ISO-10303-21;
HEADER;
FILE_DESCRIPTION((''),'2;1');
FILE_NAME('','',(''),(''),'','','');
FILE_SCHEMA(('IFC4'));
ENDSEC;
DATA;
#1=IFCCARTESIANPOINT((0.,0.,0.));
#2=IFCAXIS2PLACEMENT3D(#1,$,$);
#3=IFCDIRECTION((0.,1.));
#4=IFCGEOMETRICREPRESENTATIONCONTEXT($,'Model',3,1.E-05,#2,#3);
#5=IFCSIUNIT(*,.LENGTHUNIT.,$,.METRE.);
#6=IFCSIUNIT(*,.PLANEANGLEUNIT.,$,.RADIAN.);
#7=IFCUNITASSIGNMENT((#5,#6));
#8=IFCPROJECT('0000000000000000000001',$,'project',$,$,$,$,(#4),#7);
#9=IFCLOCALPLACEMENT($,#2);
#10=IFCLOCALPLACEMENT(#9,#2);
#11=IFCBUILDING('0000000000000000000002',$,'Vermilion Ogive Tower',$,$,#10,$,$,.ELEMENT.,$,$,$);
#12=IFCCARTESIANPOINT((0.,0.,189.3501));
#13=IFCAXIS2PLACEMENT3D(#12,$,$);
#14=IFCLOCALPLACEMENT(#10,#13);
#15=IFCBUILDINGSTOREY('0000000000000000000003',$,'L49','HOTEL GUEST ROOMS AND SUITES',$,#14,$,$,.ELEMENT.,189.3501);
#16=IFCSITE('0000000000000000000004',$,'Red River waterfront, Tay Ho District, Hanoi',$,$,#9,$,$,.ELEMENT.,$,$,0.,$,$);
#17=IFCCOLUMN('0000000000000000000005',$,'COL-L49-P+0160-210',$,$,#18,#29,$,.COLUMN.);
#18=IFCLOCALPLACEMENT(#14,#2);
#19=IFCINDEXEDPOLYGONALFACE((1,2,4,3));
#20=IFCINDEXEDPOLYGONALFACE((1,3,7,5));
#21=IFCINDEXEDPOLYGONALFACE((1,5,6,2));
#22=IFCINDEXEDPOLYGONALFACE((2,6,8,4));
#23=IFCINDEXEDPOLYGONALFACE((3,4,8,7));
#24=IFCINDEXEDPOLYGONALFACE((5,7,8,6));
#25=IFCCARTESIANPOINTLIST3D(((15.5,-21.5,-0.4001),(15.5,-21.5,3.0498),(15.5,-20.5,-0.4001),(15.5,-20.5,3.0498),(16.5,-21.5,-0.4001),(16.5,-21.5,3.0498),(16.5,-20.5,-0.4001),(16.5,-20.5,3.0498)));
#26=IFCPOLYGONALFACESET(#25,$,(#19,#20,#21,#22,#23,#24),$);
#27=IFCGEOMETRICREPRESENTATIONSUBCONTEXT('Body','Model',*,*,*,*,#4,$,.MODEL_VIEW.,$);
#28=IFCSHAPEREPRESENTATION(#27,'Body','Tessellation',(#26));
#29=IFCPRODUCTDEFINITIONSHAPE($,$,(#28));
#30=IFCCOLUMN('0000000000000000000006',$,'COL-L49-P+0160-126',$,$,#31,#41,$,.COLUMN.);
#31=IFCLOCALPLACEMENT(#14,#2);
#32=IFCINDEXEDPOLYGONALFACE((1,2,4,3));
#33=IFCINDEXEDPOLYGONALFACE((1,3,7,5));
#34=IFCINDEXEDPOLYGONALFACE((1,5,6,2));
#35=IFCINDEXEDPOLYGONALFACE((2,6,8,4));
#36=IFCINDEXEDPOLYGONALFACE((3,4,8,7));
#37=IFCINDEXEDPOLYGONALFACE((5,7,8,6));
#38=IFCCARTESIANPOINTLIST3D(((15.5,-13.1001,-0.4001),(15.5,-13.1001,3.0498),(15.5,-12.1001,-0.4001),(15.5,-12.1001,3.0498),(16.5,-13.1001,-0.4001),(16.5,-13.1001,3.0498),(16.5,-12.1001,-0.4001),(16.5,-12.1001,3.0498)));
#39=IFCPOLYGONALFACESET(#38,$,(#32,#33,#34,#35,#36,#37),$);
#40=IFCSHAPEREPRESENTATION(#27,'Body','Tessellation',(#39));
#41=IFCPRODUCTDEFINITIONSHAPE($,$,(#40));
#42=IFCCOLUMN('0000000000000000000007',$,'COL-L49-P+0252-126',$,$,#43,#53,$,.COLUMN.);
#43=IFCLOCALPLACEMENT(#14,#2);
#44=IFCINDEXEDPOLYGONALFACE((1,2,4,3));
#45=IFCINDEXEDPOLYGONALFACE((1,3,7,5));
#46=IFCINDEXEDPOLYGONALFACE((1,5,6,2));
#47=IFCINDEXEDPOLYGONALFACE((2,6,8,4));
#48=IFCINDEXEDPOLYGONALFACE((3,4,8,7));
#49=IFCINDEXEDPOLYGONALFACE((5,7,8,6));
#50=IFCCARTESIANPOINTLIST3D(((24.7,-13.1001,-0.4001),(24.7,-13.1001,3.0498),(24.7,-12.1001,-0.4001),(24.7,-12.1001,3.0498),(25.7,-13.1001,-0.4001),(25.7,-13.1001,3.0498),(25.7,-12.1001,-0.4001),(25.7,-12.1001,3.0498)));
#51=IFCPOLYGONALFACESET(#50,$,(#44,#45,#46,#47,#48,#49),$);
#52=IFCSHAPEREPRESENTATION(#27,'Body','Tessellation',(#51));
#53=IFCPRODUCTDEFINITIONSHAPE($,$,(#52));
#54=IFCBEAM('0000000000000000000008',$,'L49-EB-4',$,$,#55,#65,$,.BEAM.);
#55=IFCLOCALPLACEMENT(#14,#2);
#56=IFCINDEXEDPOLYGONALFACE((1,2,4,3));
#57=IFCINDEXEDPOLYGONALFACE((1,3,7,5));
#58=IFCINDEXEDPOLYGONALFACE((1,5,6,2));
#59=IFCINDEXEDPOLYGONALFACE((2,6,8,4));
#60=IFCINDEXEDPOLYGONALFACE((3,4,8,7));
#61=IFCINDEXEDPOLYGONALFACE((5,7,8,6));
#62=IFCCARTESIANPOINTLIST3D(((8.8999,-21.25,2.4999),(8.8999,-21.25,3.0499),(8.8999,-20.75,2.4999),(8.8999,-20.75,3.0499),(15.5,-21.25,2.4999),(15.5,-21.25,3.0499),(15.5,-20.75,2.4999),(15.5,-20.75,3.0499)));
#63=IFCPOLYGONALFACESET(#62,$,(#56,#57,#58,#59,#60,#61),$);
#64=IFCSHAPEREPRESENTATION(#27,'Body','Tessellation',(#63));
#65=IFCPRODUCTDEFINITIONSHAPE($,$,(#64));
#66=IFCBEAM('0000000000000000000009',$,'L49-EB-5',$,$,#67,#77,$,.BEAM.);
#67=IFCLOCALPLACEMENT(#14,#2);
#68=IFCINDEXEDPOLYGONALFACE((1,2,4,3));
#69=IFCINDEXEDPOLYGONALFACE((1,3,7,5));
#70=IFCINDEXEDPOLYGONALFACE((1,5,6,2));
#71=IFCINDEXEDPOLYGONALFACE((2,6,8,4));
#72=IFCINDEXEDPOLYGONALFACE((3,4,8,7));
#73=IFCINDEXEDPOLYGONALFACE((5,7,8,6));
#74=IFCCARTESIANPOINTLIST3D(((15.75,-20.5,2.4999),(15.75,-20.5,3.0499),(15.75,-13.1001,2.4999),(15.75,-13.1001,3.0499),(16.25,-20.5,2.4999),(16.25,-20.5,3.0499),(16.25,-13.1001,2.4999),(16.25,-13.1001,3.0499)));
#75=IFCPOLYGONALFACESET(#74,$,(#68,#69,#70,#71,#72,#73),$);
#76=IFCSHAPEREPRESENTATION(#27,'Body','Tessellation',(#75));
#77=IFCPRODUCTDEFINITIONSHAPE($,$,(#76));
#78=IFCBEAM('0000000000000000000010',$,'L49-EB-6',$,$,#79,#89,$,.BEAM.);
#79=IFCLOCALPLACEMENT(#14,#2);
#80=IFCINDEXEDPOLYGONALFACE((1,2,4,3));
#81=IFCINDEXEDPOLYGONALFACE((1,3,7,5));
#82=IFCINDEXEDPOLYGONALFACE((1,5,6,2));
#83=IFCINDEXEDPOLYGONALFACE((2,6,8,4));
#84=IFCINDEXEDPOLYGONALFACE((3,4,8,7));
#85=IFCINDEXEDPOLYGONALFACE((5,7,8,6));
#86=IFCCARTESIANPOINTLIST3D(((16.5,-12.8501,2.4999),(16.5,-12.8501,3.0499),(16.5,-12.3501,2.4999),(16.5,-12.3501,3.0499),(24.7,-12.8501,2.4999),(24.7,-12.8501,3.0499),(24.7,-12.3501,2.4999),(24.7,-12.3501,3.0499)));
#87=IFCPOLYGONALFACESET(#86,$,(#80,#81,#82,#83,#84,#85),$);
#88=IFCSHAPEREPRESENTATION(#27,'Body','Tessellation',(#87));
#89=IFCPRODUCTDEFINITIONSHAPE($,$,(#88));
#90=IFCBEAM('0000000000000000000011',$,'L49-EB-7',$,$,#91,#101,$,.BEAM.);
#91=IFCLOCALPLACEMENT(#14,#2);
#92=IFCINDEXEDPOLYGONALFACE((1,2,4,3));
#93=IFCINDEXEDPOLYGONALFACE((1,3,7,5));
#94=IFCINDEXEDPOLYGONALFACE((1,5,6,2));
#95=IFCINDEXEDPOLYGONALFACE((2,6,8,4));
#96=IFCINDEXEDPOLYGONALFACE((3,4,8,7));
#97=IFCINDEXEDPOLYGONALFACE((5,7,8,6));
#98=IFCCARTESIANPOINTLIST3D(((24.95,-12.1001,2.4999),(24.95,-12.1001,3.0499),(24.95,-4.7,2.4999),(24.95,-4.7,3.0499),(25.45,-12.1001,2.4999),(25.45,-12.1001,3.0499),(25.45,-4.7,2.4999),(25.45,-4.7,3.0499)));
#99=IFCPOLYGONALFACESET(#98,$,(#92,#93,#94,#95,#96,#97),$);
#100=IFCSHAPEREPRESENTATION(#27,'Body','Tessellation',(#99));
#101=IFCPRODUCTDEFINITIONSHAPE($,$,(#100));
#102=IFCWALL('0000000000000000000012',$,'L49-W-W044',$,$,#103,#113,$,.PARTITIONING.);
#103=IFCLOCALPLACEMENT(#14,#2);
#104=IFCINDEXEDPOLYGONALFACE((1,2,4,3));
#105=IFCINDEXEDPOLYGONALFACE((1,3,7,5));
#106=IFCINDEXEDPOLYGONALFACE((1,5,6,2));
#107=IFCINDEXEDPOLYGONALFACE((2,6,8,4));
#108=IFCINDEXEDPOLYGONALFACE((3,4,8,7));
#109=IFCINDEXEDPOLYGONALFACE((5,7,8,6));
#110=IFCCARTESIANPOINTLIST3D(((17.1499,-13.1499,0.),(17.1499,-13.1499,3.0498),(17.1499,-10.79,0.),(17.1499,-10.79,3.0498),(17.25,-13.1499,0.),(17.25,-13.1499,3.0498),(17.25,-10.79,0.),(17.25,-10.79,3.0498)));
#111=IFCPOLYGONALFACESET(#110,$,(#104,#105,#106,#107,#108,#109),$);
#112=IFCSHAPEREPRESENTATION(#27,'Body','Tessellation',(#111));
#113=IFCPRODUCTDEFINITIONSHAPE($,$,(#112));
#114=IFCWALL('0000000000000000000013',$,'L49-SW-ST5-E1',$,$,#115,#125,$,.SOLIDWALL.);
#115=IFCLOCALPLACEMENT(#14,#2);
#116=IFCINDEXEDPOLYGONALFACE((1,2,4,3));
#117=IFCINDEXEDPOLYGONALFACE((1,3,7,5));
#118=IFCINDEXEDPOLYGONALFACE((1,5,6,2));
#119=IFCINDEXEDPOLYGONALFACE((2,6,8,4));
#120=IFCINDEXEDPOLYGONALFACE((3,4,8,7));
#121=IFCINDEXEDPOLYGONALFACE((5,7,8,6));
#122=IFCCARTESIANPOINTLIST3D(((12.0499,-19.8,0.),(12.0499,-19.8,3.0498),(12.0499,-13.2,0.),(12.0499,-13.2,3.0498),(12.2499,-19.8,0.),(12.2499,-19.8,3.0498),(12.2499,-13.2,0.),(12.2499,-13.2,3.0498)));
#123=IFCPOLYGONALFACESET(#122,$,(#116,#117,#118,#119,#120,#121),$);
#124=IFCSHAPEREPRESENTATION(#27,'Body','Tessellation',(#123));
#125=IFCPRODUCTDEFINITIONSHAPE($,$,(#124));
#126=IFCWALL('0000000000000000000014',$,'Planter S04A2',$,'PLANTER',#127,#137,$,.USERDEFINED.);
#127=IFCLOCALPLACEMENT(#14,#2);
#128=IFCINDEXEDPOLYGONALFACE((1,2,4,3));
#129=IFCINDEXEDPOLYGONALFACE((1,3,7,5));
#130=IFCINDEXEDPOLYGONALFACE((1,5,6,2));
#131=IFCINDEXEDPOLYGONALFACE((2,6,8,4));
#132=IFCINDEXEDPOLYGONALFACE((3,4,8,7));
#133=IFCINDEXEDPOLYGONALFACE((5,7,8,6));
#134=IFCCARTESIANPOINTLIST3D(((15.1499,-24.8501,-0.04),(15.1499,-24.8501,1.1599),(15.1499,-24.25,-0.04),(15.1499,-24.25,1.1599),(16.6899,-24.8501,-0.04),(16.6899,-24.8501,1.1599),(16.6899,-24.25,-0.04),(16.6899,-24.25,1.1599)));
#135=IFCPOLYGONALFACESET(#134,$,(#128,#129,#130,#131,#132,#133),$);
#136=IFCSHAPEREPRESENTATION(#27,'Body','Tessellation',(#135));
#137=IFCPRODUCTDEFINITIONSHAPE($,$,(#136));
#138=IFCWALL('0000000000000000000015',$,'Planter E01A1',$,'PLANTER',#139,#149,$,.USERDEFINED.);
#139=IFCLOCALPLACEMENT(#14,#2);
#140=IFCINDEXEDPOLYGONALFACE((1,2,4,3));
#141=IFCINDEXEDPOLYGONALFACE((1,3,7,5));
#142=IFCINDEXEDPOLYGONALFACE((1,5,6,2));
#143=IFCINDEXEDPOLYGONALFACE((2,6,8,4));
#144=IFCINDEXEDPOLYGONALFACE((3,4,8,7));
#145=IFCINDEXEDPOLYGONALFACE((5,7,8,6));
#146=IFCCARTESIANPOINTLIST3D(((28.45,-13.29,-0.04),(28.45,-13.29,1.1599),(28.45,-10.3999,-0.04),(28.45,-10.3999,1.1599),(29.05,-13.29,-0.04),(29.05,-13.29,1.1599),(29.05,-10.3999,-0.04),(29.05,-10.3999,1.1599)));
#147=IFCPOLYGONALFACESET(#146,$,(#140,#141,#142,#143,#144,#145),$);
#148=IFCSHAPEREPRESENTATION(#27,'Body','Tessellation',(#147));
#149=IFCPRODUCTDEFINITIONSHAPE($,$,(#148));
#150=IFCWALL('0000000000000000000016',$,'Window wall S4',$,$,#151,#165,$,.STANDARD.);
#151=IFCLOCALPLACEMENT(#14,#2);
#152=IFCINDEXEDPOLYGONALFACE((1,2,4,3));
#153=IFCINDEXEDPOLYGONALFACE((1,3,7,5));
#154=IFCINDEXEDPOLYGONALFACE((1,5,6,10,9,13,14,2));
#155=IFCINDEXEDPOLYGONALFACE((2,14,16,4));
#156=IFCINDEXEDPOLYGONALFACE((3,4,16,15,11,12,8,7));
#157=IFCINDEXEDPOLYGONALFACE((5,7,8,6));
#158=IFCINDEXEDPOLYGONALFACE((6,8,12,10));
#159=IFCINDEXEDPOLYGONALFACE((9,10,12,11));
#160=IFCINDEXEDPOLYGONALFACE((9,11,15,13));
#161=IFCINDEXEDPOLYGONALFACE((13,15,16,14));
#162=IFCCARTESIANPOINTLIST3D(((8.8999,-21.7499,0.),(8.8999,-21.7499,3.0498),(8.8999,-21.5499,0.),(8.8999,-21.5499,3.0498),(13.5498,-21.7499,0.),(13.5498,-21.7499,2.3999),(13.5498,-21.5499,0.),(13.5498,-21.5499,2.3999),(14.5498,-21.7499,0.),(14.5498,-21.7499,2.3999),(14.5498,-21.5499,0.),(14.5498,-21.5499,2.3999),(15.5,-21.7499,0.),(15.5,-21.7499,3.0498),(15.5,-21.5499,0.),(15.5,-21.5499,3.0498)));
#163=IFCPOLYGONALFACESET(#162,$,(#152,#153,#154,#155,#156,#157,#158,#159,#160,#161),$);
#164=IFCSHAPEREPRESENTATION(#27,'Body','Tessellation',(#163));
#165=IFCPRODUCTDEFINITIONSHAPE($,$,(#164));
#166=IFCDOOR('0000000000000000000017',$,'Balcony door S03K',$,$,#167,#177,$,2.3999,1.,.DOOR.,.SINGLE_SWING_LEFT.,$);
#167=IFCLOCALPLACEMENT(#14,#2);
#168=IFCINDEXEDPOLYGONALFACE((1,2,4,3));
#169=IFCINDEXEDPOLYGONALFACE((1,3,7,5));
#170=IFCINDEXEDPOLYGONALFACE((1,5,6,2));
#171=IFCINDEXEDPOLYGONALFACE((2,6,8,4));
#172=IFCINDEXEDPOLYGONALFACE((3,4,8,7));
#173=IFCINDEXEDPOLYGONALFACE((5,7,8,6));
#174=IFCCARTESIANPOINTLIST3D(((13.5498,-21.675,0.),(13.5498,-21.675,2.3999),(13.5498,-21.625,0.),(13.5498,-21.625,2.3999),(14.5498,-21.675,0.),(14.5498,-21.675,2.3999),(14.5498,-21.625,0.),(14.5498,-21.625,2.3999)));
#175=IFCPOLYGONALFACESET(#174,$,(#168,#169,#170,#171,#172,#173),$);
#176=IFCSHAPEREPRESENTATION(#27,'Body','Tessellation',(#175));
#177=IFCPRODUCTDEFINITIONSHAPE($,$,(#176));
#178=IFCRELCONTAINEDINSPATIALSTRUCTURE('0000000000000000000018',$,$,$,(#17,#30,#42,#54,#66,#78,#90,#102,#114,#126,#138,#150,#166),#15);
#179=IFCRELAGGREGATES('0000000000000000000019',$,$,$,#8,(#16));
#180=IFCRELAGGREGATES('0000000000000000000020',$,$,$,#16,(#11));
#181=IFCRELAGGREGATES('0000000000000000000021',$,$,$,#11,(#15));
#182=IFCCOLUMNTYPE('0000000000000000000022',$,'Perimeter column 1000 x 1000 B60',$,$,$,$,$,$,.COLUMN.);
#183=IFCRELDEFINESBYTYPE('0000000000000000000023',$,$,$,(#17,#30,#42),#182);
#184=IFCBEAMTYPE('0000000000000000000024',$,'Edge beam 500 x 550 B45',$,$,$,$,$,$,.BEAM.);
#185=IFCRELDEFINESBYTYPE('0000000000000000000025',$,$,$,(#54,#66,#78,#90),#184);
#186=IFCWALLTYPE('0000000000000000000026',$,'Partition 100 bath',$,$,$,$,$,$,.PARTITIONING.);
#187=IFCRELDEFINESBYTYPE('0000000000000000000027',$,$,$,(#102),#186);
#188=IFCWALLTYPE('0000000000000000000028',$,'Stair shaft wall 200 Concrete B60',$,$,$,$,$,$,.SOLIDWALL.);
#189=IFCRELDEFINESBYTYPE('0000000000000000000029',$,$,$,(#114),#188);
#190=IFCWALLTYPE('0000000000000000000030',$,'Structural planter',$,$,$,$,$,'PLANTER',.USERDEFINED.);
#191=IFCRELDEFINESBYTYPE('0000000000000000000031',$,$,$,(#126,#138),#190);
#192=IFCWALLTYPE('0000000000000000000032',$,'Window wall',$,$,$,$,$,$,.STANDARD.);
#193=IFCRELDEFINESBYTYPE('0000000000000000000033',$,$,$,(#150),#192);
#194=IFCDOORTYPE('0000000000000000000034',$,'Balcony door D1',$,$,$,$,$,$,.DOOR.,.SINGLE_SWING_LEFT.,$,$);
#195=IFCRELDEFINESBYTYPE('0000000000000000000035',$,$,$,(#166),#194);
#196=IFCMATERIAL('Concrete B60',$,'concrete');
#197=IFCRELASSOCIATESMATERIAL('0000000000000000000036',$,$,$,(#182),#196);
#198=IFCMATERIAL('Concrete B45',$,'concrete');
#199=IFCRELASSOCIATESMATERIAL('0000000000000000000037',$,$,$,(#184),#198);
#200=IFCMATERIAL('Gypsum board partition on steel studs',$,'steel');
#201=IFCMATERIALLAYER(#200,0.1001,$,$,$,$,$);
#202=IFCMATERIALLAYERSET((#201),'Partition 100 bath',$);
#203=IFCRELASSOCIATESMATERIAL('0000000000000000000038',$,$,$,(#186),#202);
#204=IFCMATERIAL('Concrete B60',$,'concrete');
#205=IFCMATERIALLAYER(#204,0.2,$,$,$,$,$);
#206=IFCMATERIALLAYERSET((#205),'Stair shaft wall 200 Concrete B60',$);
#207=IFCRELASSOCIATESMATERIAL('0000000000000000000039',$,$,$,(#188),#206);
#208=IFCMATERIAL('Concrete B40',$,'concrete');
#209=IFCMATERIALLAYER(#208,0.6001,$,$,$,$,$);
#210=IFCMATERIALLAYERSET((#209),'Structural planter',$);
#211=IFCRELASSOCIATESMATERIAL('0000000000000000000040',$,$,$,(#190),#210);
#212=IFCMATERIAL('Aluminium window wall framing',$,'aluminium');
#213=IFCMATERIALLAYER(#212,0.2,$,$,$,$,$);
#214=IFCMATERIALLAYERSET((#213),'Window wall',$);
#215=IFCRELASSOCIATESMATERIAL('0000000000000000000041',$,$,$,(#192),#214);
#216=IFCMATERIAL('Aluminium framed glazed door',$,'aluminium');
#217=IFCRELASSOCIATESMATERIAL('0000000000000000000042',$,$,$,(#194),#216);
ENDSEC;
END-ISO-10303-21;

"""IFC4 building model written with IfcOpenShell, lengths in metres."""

from ifc_helpers import new_model, si_unit, direction, frame, frame_2d, origin, origin_2d, place, context, subcontext, project, spatial, rectangle, extrude, material, layer, layer_set, material_profile, profile_set, type_object, element, fill, save


model = new_model("IFC4")

# Units and contexts
model_context = context("Model", 3, precision=1e-05, world=origin(), true_north=direction((0.0, 1.0)))
body_context = subcontext(model_context, "Body", "Model", "MODEL_VIEW")
ifc_project = project(units=[si_unit("LENGTHUNIT", "METRE"), si_unit("PLANEANGLEUNIT", "RADIAN")], contexts=[model_context])

# Site, building, storey
site_placement = place(None, origin())
site = spatial("IfcSite", under=ifc_project, at=site_placement, Name="Red River waterfront, Tay Ho District, Hanoi", CompositionType="ELEMENT", RefElevation=0.0)
building_placement = place(site_placement, origin())
building = spatial("IfcBuilding", under=site, at=building_placement, Name="Vermilion Ogive Tower", CompositionType="ELEMENT")
storey_placement = place(building_placement, frame((0.0, 0.0, 189.3501)))
storey = spatial("IfcBuildingStorey", under=building, at=storey_placement, Name="L49", Description="HOTEL GUEST ROOMS AND SUITES", CompositionType="ELEMENT", Elevation=189.3501)

# Columns
ifc_material_1 = material(Name="Concrete B60", Category="concrete")
ifc_material_profile_1 = material_profile(ifc_material_1, rectangle(XDim=1.0, YDim=1.0, at=origin_2d()), Name="1000 x 1000")
ifc_profile_set_1 = profile_set([ifc_material_profile_1], Name="Concrete B60")
column_type = type_object("IfcColumnType", Name="Perimeter column 1000 x 1000 B60", PredefinedType="COLUMN", material=ifc_profile_set_1)
for number, where, z_axis, x_axis, name in (
    (1, (16.0, -21.0, -0.4001), (0.0, 0.0, 1.0), (1.0, 0.0, 0.0), "COL-L49-P+0160-210"),
    (2, (16.0, -12.6001, -0.4001), (0.0, 0.0, 1.0), (1.0, 0.0, 0.0), "COL-L49-P+0160-126"),
    (3, (25.2, -12.6001, -0.4001), (0.0, 0.0, 1.0), (1.0, 0.0, 0.0), "COL-L49-P+0252-126"),
):
    element("IfcColumn", number, at=place(storey_placement, frame(where, z_axis=z_axis, x_axis=x_axis)), inside=storey, type_object=column_type, Name=name, PredefinedType="COLUMN", context=body_context, shape_type="SweptSolid", body=[
        extrude(rectangle(XDim=1.0, YDim=1.0, at=origin_2d()), origin(), (0.0, 0.0, 1.0), 3.45),
    ])

# Beams
ifc_material_2 = material(Name="Concrete B45", Category="concrete")
ifc_material_profile_2 = material_profile(ifc_material_2, rectangle(XDim=0.5, YDim=0.55, at=origin_2d()), Name="500 x 550")
ifc_profile_set_2 = profile_set([ifc_material_profile_2], Name="Concrete B45")
beam_type = type_object("IfcBeamType", Name="Edge beam 500 x 550 B45", PredefinedType="BEAM", material=ifc_profile_set_2)
beam_1_placement = place(storey_placement, frame((8.8999, -21.0, 2.7749), z_axis=(1.0, 0.0, 0.0), x_axis=(0.0, 1.0, 0.0)))
element("IfcBeam", 4, at=beam_1_placement, inside=storey, type_object=beam_type, Name="L49-EB-4", PredefinedType="BEAM", context=body_context, shape_type="SweptSolid", body=[
    extrude(rectangle(XDim=0.5, YDim=0.55, at=origin_2d()), origin(), (0.0, 0.0, 1.0), 6.6001),
])
beam_2_placement = place(storey_placement, frame((16.0, -20.5, 2.7749), z_axis=(0.0, 1.0, 0.0), x_axis=(-1.0, 0.0, 0.0)))
element("IfcBeam", 5, at=beam_2_placement, inside=storey, type_object=beam_type, Name="L49-EB-5", PredefinedType="BEAM", context=body_context, shape_type="SweptSolid", body=[
    extrude(rectangle(XDim=0.5, YDim=0.55, at=origin_2d()), origin(), (0.0, 0.0, 1.0), 7.3999),
])
beam_3_placement = place(storey_placement, frame((16.5, -12.6001, 2.7749), z_axis=(1.0, 0.0, 0.0), x_axis=(0.0, 1.0, 0.0)))
element("IfcBeam", 6, at=beam_3_placement, inside=storey, type_object=beam_type, Name="L49-EB-6", PredefinedType="BEAM", context=body_context, shape_type="SweptSolid", body=[
    extrude(rectangle(XDim=0.5, YDim=0.55, at=origin_2d()), origin(), (0.0, 0.0, 1.0), 8.2),
])
beam_4_placement = place(storey_placement, frame((25.2, -12.1001, 2.7749), z_axis=(0.0, 1.0, 0.0), x_axis=(-1.0, 0.0, 0.0)))
element("IfcBeam", 7, at=beam_4_placement, inside=storey, type_object=beam_type, Name="L49-EB-7", PredefinedType="BEAM", context=body_context, shape_type="SweptSolid", body=[
    extrude(rectangle(XDim=0.5, YDim=0.55, at=origin_2d()), origin(), (0.0, 0.0, 1.0), 7.4001),
])

# Walls
ifc_material_3 = material(Name="Gypsum board partition on steel studs", Category="steel")
ifc_layer_1 = layer(ifc_material_3, 0.1001)
ifc_layer_set_1 = layer_set([ifc_layer_1], Name="Partition 100 bath")
wall_type_1 = type_object("IfcWallType", Name="Partition 100 bath", PredefinedType="PARTITIONING", material=ifc_layer_set_1)
wall_1_placement = place(storey_placement, frame((17.2, -13.1499, 0.0), z_axis=(0.0, 0.0, 1.0), x_axis=(0.0, 1.0, 0.0)))
element("IfcWall", 8, at=wall_1_placement, inside=storey, type_object=wall_type_1, Name="L49-W-W044", PredefinedType="PARTITIONING", context=body_context, shape_type="SweptSolid", body=[
    extrude(rectangle(XDim=2.3599, YDim=0.1001, at=frame_2d((1.1799, 0.0))), origin(), (0.0, 0.0, 1.0), 3.0498),
])
ifc_material_4 = material(Name="Concrete B60", Category="concrete")
ifc_layer_2 = layer(ifc_material_4, 0.2)
ifc_layer_set_2 = layer_set([ifc_layer_2], Name="Stair shaft wall 200 Concrete B60")
wall_type_2 = type_object("IfcWallType", Name="Stair shaft wall 200 Concrete B60", PredefinedType="SOLIDWALL", material=ifc_layer_set_2)
wall_2_placement = place(storey_placement, frame((12.1499, -19.8, 0.0), z_axis=(0.0, 0.0, 1.0), x_axis=(0.0, 1.0, 0.0)))
element("IfcWall", 9, at=wall_2_placement, inside=storey, type_object=wall_type_2, Name="L49-SW-ST5-E1", PredefinedType="SOLIDWALL", context=body_context, shape_type="SweptSolid", body=[
    extrude(rectangle(XDim=6.6001, YDim=0.2, at=frame_2d((3.3, 0.0))), origin(), (0.0, 0.0, 1.0), 3.0498),
])
ifc_material_5 = material(Name="Concrete B40", Category="concrete")
ifc_layer_3 = layer(ifc_material_5, 0.6001)
ifc_layer_set_3 = layer_set([ifc_layer_3], Name="Structural planter")
wall_type_3 = type_object("IfcWallType", Name="Structural planter", ElementType="PLANTER", PredefinedType="USERDEFINED", material=ifc_layer_set_3)
wall_3_placement = place(storey_placement, frame((15.1499, -24.55, -0.04), z_axis=(0.0, 0.0, 1.0), x_axis=(1.0, 0.0, 0.0)))
element("IfcWall", 10, at=wall_3_placement, inside=storey, type_object=wall_type_3, Name="Planter S04A2", ObjectType="PLANTER", PredefinedType="USERDEFINED", context=body_context, shape_type="SweptSolid", body=[
    extrude(rectangle(XDim=1.54, YDim=0.6001, at=frame_2d((0.77, 0.0))), origin(), (0.0, 0.0, 1.0), 1.2),
])
wall_4_placement = place(storey_placement, frame((28.75, -13.29, -0.04), z_axis=(0.0, 0.0, 1.0), x_axis=(0.0, 1.0, 0.0)))
element("IfcWall", 11, at=wall_4_placement, inside=storey, type_object=wall_type_3, Name="Planter E01A1", ObjectType="PLANTER", PredefinedType="USERDEFINED", context=body_context, shape_type="SweptSolid", body=[
    extrude(rectangle(XDim=2.8901, YDim=0.6001, at=frame_2d((1.4451, 0.0))), origin(), (0.0, 0.0, 1.0), 1.2),
])

# Wall, opening, door
ifc_material_6 = material(Name="Aluminium window wall framing", Category="aluminium")
ifc_layer_4 = layer(ifc_material_6, 0.2)
ifc_layer_set_4 = layer_set([ifc_layer_4], Name="Window wall")
wall_type_4 = type_object("IfcWallType", Name="Window wall", PredefinedType="STANDARD", material=ifc_layer_set_4)
wall_5_placement = place(storey_placement, frame((8.8999, -21.6499, 0.0), z_axis=(0.0, 0.0, 1.0), x_axis=(1.0, 0.0, 0.0)))
wall_5 = element("IfcWall", 12, at=wall_5_placement, inside=storey, type_object=wall_type_4, Name="Window wall S4", PredefinedType="STANDARD", context=body_context, shape_type="SweptSolid", body=[
    extrude(rectangle(XDim=6.6001, YDim=0.2, at=frame_2d((3.3, 0.0))), origin(), (0.0, 0.0, 1.0), 3.0498),
])
opening_1_placement = place(wall_5_placement, frame((4.6499, 0.0, 0.0)))
opening_1 = element("IfcOpeningElement", 13, at=opening_1_placement, cuts=wall_5, PredefinedType="OPENING", context=body_context, shape_type="SweptSolid", body=[
    extrude(rectangle(XDim=1.0, YDim=2.3999, at=frame_2d((0.5, 1.2))), frame((0.0, 0.1099, 0.0), z_axis=(0.0, -1.0, 0.0), x_axis=(1.0, 0.0, 0.0)), (0.0, 0.0, 1.0), 0.22),
])
ifc_material_7 = material(Name="Aluminium framed glazed door", Category="aluminium")
door_type = type_object("IfcDoorType", Name="Balcony door D1", OperationType="SINGLE_SWING_LEFT", PredefinedType="DOOR", material=ifc_material_7)
door_1_placement = place(opening_1_placement, origin())
door_1 = element("IfcDoor", 14, at=door_1_placement, inside=storey, type_object=door_type, Name="Balcony door S03K", OperationType="SINGLE_SWING_LEFT", OverallHeight=2.3999, OverallWidth=1.0, PredefinedType="DOOR", context=body_context, shape_type="SweptSolid", body=[
    extrude(rectangle(XDim=1.0, YDim=2.3999, at=frame_2d((0.5, 1.2))), frame((0.0, 0.0249, 0.0), z_axis=(0.0, -1.0, 0.0), x_axis=(1.0, 0.0, 0.0)), (0.0, 0.0, 1.0), 0.05),
])
fill(opening_1, door_1)

save(model, "model.ifc")
